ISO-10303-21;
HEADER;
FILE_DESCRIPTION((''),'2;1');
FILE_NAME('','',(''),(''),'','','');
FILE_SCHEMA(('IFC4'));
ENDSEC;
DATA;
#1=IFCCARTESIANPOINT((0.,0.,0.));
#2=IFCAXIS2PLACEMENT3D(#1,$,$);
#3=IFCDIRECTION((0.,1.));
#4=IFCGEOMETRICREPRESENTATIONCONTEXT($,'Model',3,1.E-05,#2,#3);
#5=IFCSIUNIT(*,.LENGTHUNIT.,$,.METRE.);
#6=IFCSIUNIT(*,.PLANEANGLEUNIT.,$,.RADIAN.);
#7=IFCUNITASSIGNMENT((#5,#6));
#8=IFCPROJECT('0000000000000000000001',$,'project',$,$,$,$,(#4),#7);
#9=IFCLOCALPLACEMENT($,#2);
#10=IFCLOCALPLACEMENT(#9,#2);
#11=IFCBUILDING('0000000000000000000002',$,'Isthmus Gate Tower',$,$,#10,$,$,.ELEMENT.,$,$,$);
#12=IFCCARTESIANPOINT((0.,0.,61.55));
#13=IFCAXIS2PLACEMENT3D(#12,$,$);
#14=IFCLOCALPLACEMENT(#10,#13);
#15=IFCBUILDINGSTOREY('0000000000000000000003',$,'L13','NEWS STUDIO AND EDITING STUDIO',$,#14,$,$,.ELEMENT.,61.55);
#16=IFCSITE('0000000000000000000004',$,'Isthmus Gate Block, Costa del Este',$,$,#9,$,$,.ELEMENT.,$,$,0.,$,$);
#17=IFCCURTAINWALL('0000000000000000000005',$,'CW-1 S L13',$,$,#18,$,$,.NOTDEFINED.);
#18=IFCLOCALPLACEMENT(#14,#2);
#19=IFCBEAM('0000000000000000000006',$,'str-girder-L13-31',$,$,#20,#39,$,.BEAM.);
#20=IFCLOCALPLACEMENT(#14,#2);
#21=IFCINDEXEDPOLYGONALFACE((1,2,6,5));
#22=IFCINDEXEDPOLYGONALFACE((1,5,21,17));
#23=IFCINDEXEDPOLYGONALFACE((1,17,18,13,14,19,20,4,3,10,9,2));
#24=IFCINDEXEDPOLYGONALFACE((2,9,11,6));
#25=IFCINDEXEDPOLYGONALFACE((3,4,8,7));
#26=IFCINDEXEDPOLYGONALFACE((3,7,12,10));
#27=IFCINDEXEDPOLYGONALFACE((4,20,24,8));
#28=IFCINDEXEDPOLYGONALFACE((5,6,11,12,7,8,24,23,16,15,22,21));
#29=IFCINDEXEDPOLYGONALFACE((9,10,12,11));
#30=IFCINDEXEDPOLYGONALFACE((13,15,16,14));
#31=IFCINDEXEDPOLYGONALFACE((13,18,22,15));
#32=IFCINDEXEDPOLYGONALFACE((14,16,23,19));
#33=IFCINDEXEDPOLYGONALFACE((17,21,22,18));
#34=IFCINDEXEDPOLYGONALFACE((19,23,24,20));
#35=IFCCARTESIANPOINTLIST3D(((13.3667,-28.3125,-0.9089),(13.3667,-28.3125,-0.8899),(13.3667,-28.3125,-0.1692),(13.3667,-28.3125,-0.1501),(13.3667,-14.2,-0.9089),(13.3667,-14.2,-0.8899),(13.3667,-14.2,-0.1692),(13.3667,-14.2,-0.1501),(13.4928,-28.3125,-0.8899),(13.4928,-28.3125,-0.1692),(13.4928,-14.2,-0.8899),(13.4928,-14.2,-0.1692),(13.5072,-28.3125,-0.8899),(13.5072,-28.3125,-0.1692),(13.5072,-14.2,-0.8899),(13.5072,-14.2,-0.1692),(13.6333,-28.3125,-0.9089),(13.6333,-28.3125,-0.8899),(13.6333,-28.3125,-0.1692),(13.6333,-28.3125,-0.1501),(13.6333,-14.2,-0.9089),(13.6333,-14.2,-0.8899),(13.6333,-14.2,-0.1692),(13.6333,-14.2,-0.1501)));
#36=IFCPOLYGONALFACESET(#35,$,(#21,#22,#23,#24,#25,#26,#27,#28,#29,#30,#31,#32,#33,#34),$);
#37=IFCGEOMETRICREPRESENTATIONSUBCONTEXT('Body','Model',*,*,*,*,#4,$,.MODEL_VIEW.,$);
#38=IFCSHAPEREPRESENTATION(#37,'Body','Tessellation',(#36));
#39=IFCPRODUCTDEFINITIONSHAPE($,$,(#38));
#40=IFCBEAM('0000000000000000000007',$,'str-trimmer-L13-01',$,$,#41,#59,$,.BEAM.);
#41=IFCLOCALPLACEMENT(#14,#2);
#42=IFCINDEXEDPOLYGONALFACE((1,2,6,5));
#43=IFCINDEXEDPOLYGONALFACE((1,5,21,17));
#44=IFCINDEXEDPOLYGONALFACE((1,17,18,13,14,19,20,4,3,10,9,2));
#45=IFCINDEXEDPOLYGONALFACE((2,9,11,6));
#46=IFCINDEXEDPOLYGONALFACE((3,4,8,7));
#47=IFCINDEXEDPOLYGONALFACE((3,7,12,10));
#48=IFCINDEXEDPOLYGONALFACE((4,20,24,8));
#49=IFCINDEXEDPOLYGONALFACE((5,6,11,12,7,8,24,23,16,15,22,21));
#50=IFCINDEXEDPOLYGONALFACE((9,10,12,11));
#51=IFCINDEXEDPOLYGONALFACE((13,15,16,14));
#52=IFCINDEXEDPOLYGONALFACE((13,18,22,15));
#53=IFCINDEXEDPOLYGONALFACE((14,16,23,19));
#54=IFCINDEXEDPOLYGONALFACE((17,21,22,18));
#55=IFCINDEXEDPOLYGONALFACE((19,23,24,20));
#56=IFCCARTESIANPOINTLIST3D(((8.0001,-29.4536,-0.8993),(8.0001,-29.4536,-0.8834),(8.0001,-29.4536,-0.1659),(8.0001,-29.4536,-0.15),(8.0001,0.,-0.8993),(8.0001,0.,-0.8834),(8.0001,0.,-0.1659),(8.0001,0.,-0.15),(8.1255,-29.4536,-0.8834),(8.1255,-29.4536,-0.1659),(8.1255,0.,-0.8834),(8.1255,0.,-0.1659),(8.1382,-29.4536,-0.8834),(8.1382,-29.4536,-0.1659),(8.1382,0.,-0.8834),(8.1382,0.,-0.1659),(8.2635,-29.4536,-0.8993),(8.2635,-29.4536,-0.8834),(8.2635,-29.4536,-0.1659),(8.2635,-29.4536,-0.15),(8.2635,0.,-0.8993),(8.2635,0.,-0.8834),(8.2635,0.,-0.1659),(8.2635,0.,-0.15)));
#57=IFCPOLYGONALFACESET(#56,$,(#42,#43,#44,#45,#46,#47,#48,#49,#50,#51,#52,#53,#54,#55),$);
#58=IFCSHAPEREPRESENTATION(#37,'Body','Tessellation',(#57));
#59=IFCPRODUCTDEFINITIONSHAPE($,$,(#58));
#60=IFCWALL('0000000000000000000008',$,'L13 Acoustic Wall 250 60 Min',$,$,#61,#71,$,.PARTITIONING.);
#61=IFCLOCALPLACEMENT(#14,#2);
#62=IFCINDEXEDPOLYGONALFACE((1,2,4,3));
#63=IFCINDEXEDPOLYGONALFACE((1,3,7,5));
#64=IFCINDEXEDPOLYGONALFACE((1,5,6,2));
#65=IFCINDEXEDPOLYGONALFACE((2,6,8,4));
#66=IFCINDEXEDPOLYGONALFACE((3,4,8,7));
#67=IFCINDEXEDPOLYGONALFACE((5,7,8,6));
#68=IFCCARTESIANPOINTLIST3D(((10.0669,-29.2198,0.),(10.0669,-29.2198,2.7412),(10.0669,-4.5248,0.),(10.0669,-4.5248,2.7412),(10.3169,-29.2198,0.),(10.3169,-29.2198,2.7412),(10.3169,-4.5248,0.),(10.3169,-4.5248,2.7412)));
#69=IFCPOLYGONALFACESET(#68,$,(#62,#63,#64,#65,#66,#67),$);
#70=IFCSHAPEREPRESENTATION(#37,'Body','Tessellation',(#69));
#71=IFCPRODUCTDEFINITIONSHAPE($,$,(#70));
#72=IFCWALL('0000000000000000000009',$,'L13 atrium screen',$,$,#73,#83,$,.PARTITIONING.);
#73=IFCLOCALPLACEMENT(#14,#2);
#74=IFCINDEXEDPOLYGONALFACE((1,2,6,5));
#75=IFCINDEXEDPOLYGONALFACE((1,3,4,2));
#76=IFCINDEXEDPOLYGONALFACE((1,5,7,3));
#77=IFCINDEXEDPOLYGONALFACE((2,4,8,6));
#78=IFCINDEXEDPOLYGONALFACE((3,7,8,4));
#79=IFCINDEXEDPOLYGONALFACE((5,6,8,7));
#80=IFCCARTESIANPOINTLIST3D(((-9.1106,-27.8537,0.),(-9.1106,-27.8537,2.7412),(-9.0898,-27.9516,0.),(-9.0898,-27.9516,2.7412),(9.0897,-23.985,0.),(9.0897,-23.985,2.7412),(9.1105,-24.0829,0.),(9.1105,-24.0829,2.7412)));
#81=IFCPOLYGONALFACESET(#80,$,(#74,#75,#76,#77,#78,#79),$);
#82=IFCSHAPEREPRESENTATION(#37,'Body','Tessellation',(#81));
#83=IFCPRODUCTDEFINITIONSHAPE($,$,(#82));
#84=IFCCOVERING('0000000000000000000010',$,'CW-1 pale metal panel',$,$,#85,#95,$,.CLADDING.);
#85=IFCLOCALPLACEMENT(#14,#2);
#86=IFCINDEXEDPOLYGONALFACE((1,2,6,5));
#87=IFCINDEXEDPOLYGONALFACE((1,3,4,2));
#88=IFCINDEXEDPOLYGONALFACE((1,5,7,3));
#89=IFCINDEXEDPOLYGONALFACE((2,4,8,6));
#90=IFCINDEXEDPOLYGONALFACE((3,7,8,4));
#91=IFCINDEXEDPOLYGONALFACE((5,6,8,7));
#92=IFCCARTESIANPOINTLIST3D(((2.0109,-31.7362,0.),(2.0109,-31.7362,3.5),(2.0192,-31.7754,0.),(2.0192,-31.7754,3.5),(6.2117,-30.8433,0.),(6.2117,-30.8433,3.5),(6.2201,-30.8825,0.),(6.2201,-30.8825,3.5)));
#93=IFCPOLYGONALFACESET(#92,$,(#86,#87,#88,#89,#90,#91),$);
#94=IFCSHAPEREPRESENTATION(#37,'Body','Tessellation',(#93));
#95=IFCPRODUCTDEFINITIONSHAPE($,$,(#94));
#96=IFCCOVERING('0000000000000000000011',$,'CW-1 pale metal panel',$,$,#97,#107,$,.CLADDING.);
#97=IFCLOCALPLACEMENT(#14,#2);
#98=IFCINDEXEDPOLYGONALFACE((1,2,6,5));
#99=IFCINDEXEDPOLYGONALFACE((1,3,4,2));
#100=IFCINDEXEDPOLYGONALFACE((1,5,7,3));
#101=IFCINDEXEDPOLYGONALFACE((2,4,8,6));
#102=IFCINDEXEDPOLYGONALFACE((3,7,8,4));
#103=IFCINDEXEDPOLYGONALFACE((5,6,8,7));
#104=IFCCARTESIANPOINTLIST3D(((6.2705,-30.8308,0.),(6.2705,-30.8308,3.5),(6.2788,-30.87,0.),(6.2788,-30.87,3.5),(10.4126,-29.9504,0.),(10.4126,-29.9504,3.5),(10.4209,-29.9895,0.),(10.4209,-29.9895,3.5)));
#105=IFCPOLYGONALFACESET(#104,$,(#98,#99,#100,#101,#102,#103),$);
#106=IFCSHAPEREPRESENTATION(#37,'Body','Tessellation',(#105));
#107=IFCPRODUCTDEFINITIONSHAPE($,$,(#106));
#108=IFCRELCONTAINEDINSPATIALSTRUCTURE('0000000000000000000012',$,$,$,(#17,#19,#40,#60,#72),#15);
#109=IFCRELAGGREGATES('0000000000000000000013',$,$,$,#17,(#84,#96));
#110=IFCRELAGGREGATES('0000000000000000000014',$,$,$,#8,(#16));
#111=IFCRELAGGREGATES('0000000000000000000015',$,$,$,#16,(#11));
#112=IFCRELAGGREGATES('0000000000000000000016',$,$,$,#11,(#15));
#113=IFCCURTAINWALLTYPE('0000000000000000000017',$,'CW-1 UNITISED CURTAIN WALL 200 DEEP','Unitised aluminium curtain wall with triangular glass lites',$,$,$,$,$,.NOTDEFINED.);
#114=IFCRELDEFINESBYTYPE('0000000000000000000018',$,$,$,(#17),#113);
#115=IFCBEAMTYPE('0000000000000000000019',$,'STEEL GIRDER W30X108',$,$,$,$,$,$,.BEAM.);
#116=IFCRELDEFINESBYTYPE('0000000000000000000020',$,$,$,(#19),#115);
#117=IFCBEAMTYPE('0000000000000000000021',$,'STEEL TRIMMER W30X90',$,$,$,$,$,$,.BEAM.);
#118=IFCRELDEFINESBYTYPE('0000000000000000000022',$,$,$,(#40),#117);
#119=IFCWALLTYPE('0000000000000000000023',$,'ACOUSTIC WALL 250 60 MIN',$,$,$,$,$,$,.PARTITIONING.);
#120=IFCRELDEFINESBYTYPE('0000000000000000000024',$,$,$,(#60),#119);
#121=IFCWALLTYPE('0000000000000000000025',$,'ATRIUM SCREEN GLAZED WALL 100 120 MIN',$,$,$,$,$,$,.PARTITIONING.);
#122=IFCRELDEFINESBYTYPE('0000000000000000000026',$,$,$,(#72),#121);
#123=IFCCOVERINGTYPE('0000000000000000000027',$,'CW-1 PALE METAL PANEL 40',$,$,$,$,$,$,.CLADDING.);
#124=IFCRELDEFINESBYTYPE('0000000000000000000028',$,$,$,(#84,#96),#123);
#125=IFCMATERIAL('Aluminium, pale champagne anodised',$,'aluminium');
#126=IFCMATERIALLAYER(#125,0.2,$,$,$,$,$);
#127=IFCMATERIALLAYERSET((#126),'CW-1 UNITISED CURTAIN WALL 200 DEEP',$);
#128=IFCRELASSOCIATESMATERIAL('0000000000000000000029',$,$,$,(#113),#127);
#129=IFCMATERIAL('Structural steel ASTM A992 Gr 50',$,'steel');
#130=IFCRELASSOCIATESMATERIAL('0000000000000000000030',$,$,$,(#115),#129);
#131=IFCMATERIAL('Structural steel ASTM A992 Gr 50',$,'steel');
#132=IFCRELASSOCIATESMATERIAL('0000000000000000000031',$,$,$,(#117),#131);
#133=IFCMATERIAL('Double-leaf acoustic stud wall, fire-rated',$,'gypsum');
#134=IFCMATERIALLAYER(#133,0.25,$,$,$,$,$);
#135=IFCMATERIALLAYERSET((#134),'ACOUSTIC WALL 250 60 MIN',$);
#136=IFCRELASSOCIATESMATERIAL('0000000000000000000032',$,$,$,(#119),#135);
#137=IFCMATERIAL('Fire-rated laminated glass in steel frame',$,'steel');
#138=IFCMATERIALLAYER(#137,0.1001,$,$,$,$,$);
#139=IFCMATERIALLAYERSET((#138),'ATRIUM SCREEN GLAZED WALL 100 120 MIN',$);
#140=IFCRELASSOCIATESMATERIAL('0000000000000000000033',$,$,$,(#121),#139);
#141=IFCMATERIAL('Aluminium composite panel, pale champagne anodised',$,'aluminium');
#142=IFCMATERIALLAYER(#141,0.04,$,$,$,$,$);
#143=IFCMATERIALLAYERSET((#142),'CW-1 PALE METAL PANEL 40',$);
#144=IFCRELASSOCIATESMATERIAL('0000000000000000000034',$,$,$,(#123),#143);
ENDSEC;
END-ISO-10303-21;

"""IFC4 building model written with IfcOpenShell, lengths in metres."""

from ifc_helpers import new_model, si_unit, direction, frame, frame_2d, origin, origin_2d, place, context, subcontext, project, spatial, rectangle, i_section, extrude, material, layer, layer_set, material_profile, profile_set, type_object, element, aggregate, save


model = new_model("IFC4")

# Units and contexts
model_context = context("Model", 3, precision=1e-05, world=origin(), true_north=direction((0.0, 1.0)))
body_context = subcontext(model_context, "Body", "Model", "MODEL_VIEW")
ifc_project = project(units=[si_unit("LENGTHUNIT", "METRE"), si_unit("PLANEANGLEUNIT", "RADIAN")], contexts=[model_context])

# Site, building, storey
site_placement = place(None, origin())
site = spatial("IfcSite", under=ifc_project, at=site_placement, Name="Isthmus Gate Block, Costa del Este", CompositionType="ELEMENT", RefElevation=0.0)
building_placement = place(site_placement, origin())
building = spatial("IfcBuilding", under=site, at=building_placement, Name="Isthmus Gate Tower", CompositionType="ELEMENT")
storey_placement = place(building_placement, frame((0.0, 0.0, 61.55)))
storey = spatial("IfcBuildingStorey", under=building, at=storey_placement, Name="L13", Description="NEWS STUDIO AND EDITING STUDIO", CompositionType="ELEMENT", Elevation=61.55)

# Curtain wall
ifc_material_1 = material(Name="Aluminium, pale champagne anodised", Category="aluminium")
ifc_layer_1 = layer(ifc_material_1, 0.2)
ifc_layer_set_1 = layer_set([ifc_layer_1], Name="CW-1 UNITISED CURTAIN WALL 200 DEEP")
curtain_wall_type = type_object("IfcCurtainWallType", Name="CW-1 UNITISED CURTAIN WALL 200 DEEP", Description="Unitised aluminium curtain wall with triangular glass lites", PredefinedType="NOTDEFINED", material=ifc_layer_set_1)
curtain_wall_placement = place(storey_placement, origin())
curtain_wall = element("IfcCurtainWall", 1, at=curtain_wall_placement, inside=storey, type_object=curtain_wall_type, Name="CW-1 S L13", PredefinedType="NOTDEFINED")

# Beams
ifc_material_2 = material(Name="Structural steel ASTM A992 Gr 50", Category="steel")
ifc_material_profile_1 = material_profile(ifc_material_2, i_section(OverallWidth=0.2666, OverallDepth=0.7588, WebThickness=0.0144, FlangeThickness=0.019, at=origin_2d()), Name="W30X108")
ifc_profile_set_1 = profile_set([ifc_material_profile_1], Name="Structural steel ASTM A992 Gr 50")
beam_type_1 = type_object("IfcBeamType", Name="STEEL GIRDER W30X108", PredefinedType="BEAM", material=ifc_profile_set_1)
beam_1_placement = place(storey_placement, frame((13.5, -28.3125, -0.5295), z_axis=(0.0, 1.0, 0.0), x_axis=(-1.0, 0.0, 0.0)))
element("IfcBeam", 2, at=beam_1_placement, inside=storey, type_object=beam_type_1, Name="str-girder-L13-31", PredefinedType="BEAM", context=body_context, shape_type="SweptSolid", body=[
    extrude(i_section(OverallWidth=0.2666, OverallDepth=0.7588, WebThickness=0.0144, FlangeThickness=0.019, at=origin_2d()), origin(), (0.0, 0.0, 1.0), 14.1125),
])
ifc_material_3 = material(Name="Structural steel ASTM A992 Gr 50", Category="steel")
ifc_material_profile_2 = material_profile(ifc_material_3, i_section(OverallWidth=0.2634, OverallDepth=0.7493, WebThickness=0.0127, FlangeThickness=0.0159, at=origin_2d()), Name="W30X90")
ifc_profile_set_2 = profile_set([ifc_material_profile_2], Name="Structural steel ASTM A992 Gr 50")
beam_type_2 = type_object("IfcBeamType", Name="STEEL TRIMMER W30X90", PredefinedType="BEAM", material=ifc_profile_set_2)
beam_2_placement = place(storey_placement, frame((8.1318, -29.4536, -0.5247), z_axis=(0.0, 1.0, 0.0), x_axis=(-1.0, 0.0, 0.0)))
element("IfcBeam", 3, at=beam_2_placement, inside=storey, type_object=beam_type_2, Name="str-trimmer-L13-01", PredefinedType="BEAM", context=body_context, shape_type="SweptSolid", body=[
    extrude(i_section(OverallWidth=0.2634, OverallDepth=0.7493, WebThickness=0.0127, FlangeThickness=0.0159, at=origin_2d()), origin(), (0.0, 0.0, 1.0), 29.4536),
])

# Walls
ifc_material_4 = material(Name="Double-leaf acoustic stud wall, fire-rated", Category="gypsum")
ifc_layer_2 = layer(ifc_material_4, 0.25)
ifc_layer_set_2 = layer_set([ifc_layer_2], Name="ACOUSTIC WALL 250 60 MIN")
wall_type_1 = type_object("IfcWallType", Name="ACOUSTIC WALL 250 60 MIN", PredefinedType="PARTITIONING", material=ifc_layer_set_2)
wall_1_placement = place(storey_placement, frame((10.1919, -29.22, 0.0), z_axis=(0.0, 0.0, 1.0), x_axis=(0.0, 1.0, 0.0)))
element("IfcWall", 4, at=wall_1_placement, inside=storey, type_object=wall_type_1, Name="L13 Acoustic Wall 250 60 Min", PredefinedType="PARTITIONING", context=body_context, shape_type="SweptSolid", body=[
    extrude(rectangle(XDim=24.6951, YDim=0.25, at=frame_2d((12.3477, 0.0))), origin(), (0.0, 0.0, 1.0), 2.7412),
])
ifc_material_5 = material(Name="Fire-rated laminated glass in steel frame", Category="steel")
ifc_layer_3 = layer(ifc_material_5, 0.1001)
ifc_layer_set_3 = layer_set([ifc_layer_3], Name="ATRIUM SCREEN GLAZED WALL 100 120 MIN")
wall_type_2 = type_object("IfcWallType", Name="ATRIUM SCREEN GLAZED WALL 100 120 MIN", PredefinedType="PARTITIONING", material=ifc_layer_set_3)
wall_2_placement = place(storey_placement, frame((9.1001, -24.0339, 0.0), z_axis=(0.0, 0.0, 1.0), x_axis=(-0.978147, -0.207916, 0.0)))
element("IfcWall", 5, at=wall_2_placement, inside=storey, type_object=wall_type_2, Name="L13 atrium screen", PredefinedType="PARTITIONING", context=body_context, shape_type="SweptSolid", body=[
    extrude(rectangle(XDim=18.6069, YDim=0.1001, at=frame_2d((9.3035, 0.0))), origin(), (0.0, 0.0, 1.0), 2.7412),
])

# Coverings
ifc_material_6 = material(Name="Aluminium composite panel, pale champagne anodised", Category="aluminium")
ifc_layer_4 = layer(ifc_material_6, 0.04)
ifc_layer_set_4 = layer_set([ifc_layer_4], Name="CW-1 PALE METAL PANEL 40")
covering_type = type_object("IfcCoveringType", Name="CW-1 PALE METAL PANEL 40", PredefinedType="CLADDING", material=ifc_layer_set_4)
covering_1_placement = place(storey_placement, frame((4.1155, -31.3093, 0.0), z_axis=(0.0, 0.0, 1.0), x_axis=(0.978148, 0.207912, 0.0)))
covering_1 = element("IfcCovering", 6, at=covering_1_placement, type_object=covering_type, Name="CW-1 pale metal panel", PredefinedType="CLADDING", context=body_context, shape_type="SweptSolid", body=[
    extrude(rectangle(XDim=4.2947, YDim=0.04, at=origin_2d()), origin(), (0.0, 0.0, 1.0), 3.5),
])
covering_2_placement = place(storey_placement, frame((8.3457, -30.4102, 0.0), z_axis=(0.0, 0.0, 1.0), x_axis=(0.978148, 0.207912, 0.0)))
covering_2 = element("IfcCovering", 7, at=covering_2_placement, type_object=covering_type, Name="CW-1 pale metal panel", PredefinedType="CLADDING", context=body_context, shape_type="SweptSolid", body=[
    extrude(rectangle(XDim=4.2346, YDim=0.04, at=origin_2d()), origin(), (0.0, 0.0, 1.0), 3.5),
])
aggregate(curtain_wall, [covering_1, covering_2])

save(model, "model.ifc")
